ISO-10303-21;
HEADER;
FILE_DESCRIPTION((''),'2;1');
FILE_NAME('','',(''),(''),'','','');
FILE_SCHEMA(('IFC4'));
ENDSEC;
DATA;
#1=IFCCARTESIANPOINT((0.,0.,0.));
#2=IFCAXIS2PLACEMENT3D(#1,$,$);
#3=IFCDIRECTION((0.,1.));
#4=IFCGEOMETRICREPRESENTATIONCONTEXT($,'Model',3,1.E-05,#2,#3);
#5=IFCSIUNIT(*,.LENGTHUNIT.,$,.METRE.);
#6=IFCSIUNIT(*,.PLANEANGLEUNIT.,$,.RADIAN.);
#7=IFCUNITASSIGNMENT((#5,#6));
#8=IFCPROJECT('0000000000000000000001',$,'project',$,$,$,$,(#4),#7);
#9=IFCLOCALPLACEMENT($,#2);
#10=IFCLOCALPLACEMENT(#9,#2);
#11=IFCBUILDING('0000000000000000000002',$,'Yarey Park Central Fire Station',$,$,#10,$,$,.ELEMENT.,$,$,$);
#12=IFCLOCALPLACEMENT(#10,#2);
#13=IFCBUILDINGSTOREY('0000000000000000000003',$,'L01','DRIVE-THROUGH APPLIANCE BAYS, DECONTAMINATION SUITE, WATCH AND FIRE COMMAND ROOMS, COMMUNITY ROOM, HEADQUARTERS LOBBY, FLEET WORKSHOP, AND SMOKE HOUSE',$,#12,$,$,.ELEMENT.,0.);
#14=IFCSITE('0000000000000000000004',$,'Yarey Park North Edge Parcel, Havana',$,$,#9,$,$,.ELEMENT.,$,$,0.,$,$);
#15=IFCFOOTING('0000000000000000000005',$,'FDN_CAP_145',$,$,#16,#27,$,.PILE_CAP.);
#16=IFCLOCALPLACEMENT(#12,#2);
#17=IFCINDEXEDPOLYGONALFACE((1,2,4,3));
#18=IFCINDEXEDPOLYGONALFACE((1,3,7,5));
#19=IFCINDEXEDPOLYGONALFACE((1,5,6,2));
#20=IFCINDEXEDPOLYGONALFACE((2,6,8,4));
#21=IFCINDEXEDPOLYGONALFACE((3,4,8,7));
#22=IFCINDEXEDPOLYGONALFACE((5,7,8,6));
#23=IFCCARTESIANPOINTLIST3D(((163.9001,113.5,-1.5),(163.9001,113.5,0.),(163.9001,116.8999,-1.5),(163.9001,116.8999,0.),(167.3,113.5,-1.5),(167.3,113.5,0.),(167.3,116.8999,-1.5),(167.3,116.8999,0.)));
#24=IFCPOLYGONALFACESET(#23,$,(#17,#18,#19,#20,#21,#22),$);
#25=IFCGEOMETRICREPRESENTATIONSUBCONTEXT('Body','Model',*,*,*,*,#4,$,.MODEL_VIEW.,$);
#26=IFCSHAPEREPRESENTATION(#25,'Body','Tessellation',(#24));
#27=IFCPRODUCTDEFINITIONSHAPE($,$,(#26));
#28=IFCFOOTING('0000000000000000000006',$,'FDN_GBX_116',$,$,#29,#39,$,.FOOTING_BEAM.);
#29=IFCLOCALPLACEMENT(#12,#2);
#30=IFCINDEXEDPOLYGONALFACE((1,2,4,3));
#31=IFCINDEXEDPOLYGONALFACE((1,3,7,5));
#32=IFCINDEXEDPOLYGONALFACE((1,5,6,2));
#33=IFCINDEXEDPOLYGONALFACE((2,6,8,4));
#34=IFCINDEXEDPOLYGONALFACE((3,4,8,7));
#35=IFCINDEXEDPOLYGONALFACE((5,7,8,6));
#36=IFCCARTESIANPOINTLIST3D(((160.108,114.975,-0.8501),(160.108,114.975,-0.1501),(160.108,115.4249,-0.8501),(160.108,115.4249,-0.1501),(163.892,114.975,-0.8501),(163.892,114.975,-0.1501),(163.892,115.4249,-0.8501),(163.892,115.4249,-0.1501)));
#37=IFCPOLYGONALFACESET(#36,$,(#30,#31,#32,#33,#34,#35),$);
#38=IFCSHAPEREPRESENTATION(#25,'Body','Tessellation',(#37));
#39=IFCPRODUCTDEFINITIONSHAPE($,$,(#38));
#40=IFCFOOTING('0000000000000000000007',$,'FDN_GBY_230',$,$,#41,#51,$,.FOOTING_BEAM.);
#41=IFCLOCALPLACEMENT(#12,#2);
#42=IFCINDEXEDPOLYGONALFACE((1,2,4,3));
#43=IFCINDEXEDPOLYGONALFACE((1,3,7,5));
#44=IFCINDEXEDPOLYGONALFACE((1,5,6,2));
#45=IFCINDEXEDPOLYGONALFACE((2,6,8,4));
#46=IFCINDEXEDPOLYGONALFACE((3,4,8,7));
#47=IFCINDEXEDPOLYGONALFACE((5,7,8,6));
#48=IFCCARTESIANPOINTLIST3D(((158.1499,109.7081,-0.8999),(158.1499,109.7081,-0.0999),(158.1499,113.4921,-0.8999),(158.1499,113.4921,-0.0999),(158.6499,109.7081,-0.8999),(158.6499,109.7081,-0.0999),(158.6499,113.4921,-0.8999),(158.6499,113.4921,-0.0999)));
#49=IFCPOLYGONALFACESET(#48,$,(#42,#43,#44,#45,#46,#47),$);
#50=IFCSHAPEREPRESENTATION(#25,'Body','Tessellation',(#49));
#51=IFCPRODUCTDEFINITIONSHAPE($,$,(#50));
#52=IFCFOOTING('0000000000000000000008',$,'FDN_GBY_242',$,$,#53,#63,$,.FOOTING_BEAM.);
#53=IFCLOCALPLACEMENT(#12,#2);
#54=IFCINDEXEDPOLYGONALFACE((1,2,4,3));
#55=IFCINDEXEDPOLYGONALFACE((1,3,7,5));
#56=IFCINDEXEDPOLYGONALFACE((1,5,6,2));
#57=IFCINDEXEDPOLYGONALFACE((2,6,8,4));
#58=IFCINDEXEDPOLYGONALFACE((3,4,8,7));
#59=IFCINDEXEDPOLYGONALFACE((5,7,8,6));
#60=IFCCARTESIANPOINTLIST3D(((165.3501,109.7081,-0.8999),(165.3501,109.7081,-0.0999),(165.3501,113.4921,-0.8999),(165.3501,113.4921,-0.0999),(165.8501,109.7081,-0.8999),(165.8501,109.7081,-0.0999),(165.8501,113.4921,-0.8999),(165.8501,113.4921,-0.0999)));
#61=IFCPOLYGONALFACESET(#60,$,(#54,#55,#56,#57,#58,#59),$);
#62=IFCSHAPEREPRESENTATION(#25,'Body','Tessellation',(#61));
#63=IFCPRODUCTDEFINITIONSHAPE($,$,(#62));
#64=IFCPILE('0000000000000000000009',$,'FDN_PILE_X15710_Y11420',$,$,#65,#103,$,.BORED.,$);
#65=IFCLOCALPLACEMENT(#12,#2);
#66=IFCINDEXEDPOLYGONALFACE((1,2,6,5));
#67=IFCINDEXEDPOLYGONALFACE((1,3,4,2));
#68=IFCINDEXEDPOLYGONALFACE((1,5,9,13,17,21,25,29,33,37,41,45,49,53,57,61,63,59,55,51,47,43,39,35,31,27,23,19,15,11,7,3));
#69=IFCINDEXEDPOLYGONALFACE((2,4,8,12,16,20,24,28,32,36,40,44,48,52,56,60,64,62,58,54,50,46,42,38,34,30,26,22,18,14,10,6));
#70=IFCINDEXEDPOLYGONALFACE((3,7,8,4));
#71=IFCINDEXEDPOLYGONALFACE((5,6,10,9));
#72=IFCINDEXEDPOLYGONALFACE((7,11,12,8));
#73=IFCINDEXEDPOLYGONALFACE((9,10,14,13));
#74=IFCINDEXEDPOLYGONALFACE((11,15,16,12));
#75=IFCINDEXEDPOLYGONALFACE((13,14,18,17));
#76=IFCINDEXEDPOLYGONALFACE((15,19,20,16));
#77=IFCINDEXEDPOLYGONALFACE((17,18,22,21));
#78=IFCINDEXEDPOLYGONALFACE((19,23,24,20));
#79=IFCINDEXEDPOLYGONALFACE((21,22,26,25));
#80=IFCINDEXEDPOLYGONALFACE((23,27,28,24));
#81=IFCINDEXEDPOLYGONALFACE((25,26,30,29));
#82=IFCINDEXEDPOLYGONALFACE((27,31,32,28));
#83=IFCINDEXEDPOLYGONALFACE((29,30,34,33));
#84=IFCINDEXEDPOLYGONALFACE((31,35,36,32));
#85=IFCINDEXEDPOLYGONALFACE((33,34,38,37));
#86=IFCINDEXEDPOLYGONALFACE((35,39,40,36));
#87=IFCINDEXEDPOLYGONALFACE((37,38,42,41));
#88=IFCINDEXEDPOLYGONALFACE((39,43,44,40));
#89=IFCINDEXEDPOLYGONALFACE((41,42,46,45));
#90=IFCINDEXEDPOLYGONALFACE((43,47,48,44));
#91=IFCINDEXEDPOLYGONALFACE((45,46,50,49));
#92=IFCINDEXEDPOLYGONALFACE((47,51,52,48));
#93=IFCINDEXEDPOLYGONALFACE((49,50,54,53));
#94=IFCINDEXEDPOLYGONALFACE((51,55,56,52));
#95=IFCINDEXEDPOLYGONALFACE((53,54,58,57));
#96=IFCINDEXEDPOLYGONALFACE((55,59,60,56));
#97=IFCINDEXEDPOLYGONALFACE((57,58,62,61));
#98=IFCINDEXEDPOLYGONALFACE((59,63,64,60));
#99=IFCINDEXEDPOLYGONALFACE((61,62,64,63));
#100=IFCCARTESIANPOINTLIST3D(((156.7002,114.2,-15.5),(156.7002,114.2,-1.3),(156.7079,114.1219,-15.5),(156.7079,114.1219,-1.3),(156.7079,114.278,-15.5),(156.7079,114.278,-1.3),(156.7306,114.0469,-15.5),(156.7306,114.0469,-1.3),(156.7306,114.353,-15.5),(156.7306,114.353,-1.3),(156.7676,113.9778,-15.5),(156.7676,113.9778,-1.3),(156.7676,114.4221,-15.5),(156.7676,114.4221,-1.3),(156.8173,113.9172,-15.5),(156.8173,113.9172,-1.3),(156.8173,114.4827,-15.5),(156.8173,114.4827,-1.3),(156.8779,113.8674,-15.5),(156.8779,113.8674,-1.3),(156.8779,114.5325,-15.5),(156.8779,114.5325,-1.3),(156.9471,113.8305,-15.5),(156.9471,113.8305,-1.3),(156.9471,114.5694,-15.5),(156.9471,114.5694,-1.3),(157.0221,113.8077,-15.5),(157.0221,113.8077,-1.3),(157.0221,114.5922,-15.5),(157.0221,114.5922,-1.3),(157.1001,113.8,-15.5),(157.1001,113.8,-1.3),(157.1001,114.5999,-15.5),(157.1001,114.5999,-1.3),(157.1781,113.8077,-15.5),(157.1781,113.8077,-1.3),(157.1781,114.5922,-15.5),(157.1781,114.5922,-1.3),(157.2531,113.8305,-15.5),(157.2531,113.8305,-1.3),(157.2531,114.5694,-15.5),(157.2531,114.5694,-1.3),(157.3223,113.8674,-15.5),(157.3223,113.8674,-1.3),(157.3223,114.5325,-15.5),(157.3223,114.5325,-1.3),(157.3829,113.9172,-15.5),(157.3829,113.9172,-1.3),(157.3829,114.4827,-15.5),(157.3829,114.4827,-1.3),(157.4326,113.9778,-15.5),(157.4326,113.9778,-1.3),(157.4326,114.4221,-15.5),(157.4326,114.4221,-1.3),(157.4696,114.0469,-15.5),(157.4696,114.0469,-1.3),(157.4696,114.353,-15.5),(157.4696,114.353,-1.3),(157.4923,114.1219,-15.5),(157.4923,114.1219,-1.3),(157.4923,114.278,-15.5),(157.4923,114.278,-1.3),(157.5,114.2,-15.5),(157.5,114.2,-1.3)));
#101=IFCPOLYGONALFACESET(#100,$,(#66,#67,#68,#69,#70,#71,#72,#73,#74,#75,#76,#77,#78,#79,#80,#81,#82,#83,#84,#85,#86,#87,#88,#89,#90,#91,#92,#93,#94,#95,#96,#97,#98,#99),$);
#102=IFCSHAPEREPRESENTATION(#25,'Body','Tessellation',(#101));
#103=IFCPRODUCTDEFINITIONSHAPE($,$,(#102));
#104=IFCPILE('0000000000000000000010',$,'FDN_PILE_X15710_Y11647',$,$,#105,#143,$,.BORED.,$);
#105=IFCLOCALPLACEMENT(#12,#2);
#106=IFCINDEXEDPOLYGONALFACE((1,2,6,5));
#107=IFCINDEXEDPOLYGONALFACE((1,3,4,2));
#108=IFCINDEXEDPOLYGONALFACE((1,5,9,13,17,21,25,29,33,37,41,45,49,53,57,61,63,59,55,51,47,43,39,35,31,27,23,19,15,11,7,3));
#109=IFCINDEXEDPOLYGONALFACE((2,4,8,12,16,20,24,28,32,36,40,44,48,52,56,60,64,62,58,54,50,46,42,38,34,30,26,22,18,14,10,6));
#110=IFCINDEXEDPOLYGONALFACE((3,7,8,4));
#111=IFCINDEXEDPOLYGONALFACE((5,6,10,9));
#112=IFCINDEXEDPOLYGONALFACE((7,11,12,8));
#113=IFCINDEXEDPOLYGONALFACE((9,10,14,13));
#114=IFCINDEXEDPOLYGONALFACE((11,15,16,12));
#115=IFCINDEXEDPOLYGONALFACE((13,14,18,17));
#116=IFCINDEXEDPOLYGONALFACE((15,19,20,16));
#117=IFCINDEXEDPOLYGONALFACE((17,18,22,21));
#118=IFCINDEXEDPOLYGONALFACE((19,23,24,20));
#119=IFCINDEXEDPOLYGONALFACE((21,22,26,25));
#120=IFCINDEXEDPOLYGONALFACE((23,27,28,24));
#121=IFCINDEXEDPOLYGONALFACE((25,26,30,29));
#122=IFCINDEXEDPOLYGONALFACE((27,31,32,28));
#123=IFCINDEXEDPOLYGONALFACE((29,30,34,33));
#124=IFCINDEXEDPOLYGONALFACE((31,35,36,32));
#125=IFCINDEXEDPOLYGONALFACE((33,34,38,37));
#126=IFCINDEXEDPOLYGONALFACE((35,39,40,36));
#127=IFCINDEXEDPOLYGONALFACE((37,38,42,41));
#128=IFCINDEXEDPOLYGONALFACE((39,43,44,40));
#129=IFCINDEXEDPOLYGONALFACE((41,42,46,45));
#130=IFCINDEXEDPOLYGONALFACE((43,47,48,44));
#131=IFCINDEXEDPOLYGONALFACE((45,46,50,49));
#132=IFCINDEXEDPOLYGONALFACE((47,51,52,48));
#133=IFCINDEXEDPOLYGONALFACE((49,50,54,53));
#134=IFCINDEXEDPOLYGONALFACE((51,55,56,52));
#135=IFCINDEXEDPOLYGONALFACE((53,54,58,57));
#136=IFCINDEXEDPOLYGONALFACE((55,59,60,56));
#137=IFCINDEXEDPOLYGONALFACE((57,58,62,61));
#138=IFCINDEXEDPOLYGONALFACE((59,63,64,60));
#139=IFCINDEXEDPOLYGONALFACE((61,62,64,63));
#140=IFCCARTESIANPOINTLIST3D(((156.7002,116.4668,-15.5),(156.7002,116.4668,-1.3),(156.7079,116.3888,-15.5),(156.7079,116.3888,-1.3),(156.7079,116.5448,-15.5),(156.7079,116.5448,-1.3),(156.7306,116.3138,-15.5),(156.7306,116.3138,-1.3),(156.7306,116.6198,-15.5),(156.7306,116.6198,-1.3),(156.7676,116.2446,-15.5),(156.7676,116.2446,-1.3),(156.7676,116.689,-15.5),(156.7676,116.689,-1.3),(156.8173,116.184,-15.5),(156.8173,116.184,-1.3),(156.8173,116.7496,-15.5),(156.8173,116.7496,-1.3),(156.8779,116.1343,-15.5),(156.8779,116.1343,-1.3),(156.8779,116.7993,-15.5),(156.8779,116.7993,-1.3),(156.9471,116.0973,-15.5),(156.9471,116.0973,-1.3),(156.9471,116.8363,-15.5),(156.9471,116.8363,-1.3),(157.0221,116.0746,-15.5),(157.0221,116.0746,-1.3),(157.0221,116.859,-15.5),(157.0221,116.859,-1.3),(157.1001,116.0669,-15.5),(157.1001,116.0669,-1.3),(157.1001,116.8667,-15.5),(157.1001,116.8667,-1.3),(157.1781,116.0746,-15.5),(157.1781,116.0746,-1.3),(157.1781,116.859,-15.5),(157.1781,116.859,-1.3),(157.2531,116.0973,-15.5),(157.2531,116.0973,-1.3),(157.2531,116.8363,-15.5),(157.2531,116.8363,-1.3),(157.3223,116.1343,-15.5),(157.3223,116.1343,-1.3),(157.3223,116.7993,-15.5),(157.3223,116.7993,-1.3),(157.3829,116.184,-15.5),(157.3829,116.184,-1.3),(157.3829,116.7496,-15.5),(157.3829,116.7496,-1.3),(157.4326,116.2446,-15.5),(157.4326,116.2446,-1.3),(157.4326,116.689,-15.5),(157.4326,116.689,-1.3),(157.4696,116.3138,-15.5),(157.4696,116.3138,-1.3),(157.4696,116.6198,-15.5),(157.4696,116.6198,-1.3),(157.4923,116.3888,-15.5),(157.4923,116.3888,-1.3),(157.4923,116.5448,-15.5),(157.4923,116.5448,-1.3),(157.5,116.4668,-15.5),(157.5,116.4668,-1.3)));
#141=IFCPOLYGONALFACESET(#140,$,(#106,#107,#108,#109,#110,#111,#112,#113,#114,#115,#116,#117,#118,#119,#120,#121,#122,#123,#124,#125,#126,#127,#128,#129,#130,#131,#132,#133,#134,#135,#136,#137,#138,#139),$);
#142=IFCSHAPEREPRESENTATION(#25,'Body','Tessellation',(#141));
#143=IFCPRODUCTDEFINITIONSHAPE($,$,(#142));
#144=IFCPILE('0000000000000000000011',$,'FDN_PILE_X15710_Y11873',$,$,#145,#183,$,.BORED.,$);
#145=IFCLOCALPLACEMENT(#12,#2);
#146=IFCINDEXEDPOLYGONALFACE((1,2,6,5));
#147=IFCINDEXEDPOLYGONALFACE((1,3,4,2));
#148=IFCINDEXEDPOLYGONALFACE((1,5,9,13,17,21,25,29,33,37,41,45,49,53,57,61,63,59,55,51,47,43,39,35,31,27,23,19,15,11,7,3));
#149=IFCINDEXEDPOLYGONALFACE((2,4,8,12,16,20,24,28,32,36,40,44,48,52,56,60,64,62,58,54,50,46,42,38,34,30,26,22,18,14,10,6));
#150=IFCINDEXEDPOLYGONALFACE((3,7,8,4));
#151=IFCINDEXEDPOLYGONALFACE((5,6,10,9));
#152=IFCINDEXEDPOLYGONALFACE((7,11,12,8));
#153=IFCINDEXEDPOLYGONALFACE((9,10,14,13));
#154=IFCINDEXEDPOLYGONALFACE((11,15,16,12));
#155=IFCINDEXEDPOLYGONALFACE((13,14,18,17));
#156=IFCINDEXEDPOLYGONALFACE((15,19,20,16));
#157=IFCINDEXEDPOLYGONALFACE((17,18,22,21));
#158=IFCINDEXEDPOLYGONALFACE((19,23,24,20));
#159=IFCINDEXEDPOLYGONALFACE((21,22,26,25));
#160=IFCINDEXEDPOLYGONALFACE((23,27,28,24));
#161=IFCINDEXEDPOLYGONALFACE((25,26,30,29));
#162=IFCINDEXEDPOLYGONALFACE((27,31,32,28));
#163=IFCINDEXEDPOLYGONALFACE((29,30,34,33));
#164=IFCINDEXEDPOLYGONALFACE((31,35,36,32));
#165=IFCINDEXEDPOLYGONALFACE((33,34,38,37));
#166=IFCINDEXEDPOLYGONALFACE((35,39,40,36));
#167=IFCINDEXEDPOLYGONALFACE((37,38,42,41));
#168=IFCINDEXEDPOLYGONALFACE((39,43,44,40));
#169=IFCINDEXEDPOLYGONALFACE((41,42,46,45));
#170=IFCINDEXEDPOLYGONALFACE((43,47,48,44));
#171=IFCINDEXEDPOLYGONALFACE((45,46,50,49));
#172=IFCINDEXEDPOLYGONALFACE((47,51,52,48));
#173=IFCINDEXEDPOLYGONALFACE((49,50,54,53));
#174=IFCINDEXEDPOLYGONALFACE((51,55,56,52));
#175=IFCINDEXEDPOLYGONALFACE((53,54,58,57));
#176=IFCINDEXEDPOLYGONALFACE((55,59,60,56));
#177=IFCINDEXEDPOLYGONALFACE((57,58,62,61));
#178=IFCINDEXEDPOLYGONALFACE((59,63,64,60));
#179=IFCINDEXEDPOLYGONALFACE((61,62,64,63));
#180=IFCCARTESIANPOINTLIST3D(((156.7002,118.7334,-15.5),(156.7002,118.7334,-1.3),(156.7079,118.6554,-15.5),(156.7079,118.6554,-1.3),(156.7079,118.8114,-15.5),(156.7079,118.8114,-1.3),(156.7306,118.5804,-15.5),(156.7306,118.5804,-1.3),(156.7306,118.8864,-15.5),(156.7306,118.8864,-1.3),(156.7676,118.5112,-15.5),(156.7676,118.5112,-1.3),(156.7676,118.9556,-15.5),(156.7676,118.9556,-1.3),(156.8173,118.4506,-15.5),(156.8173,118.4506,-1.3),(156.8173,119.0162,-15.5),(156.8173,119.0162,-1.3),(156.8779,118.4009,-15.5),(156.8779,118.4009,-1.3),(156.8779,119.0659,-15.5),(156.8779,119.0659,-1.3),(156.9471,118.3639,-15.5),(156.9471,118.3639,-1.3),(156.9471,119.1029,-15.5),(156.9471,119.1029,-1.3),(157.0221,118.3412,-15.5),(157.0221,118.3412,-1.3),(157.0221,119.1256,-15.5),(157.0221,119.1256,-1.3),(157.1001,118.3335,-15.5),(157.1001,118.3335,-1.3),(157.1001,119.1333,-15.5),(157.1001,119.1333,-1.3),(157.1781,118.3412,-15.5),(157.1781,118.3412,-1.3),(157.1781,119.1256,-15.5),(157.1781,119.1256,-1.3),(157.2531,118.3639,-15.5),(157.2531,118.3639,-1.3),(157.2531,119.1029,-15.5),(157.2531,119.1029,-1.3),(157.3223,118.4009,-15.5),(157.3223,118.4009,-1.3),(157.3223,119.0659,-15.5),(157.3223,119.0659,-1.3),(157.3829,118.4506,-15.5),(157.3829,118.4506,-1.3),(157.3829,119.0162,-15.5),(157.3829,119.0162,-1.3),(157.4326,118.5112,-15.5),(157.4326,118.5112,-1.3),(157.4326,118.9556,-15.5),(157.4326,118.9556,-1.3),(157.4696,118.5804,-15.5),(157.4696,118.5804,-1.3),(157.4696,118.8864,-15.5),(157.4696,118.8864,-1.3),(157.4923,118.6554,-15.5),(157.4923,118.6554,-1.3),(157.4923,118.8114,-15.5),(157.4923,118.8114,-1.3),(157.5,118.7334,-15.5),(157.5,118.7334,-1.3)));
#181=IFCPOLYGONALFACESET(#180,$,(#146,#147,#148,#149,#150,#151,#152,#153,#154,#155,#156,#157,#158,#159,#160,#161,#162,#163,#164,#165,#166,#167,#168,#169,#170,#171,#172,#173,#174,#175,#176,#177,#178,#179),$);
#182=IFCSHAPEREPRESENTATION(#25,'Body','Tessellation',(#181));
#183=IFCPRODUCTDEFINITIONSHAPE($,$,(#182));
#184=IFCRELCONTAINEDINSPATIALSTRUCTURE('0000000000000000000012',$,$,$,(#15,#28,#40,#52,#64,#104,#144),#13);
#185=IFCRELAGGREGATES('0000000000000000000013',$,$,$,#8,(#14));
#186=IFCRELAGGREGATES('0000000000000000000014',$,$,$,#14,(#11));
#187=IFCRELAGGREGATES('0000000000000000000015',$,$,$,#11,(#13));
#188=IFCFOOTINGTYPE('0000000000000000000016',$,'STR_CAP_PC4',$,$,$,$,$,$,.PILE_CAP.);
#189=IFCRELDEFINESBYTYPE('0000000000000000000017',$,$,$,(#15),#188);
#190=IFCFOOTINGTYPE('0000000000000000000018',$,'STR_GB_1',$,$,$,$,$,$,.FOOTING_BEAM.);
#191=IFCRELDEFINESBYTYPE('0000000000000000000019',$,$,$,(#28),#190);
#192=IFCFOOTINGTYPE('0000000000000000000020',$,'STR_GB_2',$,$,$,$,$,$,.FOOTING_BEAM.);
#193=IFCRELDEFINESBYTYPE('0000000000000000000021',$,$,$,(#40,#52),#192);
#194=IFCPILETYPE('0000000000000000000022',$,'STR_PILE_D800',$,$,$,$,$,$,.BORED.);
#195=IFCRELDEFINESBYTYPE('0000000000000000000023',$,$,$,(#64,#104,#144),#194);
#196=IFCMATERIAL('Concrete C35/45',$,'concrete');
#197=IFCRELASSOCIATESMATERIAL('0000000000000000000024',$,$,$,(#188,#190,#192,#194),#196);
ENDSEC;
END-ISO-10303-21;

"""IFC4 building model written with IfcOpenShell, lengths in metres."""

from ifc_helpers import new_model, si_unit, direction, frame, origin, origin_2d, place, context, subcontext, project, spatial, rectangle, circle, extrude, material, material_profile, profile_set, type_object, element, save


model = new_model("IFC4")

# Units and contexts
model_context = context("Model", 3, precision=1e-05, world=origin(), true_north=direction((0.0, 1.0)))
body_context = subcontext(model_context, "Body", "Model", "MODEL_VIEW")
ifc_project = project(units=[si_unit("LENGTHUNIT", "METRE"), si_unit("PLANEANGLEUNIT", "RADIAN")], contexts=[model_context])

# Site, building, storey
site_placement = place(None, origin())
site = spatial("IfcSite", under=ifc_project, at=site_placement, Name="Yarey Park North Edge Parcel, Havana", CompositionType="ELEMENT", RefElevation=0.0)
building_placement = place(site_placement, origin())
building = spatial("IfcBuilding", under=site, at=building_placement, Name="Yarey Park Central Fire Station", CompositionType="ELEMENT")
storey_placement = place(building_placement, origin())
storey = spatial("IfcBuildingStorey", under=building, at=storey_placement, Name="L01", Description="DRIVE-THROUGH APPLIANCE BAYS, DECONTAMINATION SUITE, WATCH AND FIRE COMMAND ROOMS, COMMUNITY ROOM, HEADQUARTERS LOBBY, FLEET WORKSHOP, AND SMOKE HOUSE", CompositionType="ELEMENT", Elevation=0.0)

# Footings
ifc_material_1 = material(Name="Concrete C35/45", Category="concrete")
footing_type_1 = type_object("IfcFootingType", Name="STR_CAP_PC4", PredefinedType="PILE_CAP", material=ifc_material_1)
footing_1_placement = place(storey_placement, frame((165.6001, 115.2, -1.5), z_axis=(0.0, 0.0, 1.0), x_axis=(1.0, 0.0, 0.0)))
element("IfcFooting", 1, at=footing_1_placement, inside=storey, type_object=footing_type_1, Name="FDN_CAP_145", PredefinedType="PILE_CAP", context=body_context, shape_type="SweptSolid", body=[
    extrude(rectangle(XDim=3.3999, YDim=3.3999, at=origin_2d()), origin(), (0.0, 0.0, 1.0), 1.5),
])
footing_type_2 = type_object("IfcFootingType", Name="STR_GB_1", PredefinedType="FOOTING_BEAM", material=ifc_material_1)
footing_2_placement = place(storey_placement, frame((162.0, 115.2, -0.8501), z_axis=(0.0, 0.0, 1.0), x_axis=(1.0, 0.0, 0.0)))
element("IfcFooting", 2, at=footing_2_placement, inside=storey, type_object=footing_type_2, Name="FDN_GBX_116", PredefinedType="FOOTING_BEAM", context=body_context, shape_type="SweptSolid", body=[
    extrude(rectangle(XDim=3.7839, YDim=0.45, at=origin_2d()), origin(), (0.0, 0.0, 1.0), 0.7),
])
footing_type_3 = type_object("IfcFootingType", Name="STR_GB_2", PredefinedType="FOOTING_BEAM", material=ifc_material_1)
for number, where, z_axis, x_axis, name in (
    (3, (158.3999, 111.6001, -0.8999), (0.0, 0.0, 1.0), (1.0, 0.0, 0.0), "FDN_GBY_230"),
    (4, (165.6001, 111.6001, -0.8999), (0.0, 0.0, 1.0), (1.0, 0.0, 0.0), "FDN_GBY_242"),
):
    element("IfcFooting", number, at=place(storey_placement, frame(where, z_axis=z_axis, x_axis=x_axis)), inside=storey, type_object=footing_type_3, Name=name, PredefinedType="FOOTING_BEAM", context=body_context, shape_type="SweptSolid", body=[
        extrude(rectangle(XDim=0.5, YDim=3.7839, at=origin_2d()), origin(), (0.0, 0.0, 1.0), 0.8),
    ])

# Piles
ifc_material_profile_1 = material_profile(ifc_material_1, circle(Radius=0.3999, at=origin_2d()), Name="BORED PILE D800")
ifc_profile_set_1 = profile_set([ifc_material_profile_1], Name="Concrete C35/45")
pile_type = type_object("IfcPileType", Name="STR_PILE_D800", PredefinedType="BORED", material=ifc_profile_set_1)
for number, where, z_axis, x_axis, name in (
    (5, (157.1001, 114.2, -1.3), (0.0, 0.0, -1.0), (1.0, 0.0, 0.0), "FDN_PILE_X15710_Y11420"),
    (6, (157.1001, 116.4668, -1.3), (0.0, 0.0, -1.0), (1.0, 0.0, 0.0), "FDN_PILE_X15710_Y11647"),
    (7, (157.1001, 118.7334, -1.3), (0.0, 0.0, -1.0), (1.0, 0.0, 0.0), "FDN_PILE_X15710_Y11873"),
):
    element("IfcPile", number, at=place(storey_placement, frame(where, z_axis=z_axis, x_axis=x_axis)), inside=storey, type_object=pile_type, Name=name, PredefinedType="BORED", context=body_context, shape_type="SweptSolid", body=[
        extrude(circle(Radius=0.3999, at=origin_2d()), origin(), (0.0, 0.0, 1.0), 14.2),
    ])

save(model, "model.ifc")
